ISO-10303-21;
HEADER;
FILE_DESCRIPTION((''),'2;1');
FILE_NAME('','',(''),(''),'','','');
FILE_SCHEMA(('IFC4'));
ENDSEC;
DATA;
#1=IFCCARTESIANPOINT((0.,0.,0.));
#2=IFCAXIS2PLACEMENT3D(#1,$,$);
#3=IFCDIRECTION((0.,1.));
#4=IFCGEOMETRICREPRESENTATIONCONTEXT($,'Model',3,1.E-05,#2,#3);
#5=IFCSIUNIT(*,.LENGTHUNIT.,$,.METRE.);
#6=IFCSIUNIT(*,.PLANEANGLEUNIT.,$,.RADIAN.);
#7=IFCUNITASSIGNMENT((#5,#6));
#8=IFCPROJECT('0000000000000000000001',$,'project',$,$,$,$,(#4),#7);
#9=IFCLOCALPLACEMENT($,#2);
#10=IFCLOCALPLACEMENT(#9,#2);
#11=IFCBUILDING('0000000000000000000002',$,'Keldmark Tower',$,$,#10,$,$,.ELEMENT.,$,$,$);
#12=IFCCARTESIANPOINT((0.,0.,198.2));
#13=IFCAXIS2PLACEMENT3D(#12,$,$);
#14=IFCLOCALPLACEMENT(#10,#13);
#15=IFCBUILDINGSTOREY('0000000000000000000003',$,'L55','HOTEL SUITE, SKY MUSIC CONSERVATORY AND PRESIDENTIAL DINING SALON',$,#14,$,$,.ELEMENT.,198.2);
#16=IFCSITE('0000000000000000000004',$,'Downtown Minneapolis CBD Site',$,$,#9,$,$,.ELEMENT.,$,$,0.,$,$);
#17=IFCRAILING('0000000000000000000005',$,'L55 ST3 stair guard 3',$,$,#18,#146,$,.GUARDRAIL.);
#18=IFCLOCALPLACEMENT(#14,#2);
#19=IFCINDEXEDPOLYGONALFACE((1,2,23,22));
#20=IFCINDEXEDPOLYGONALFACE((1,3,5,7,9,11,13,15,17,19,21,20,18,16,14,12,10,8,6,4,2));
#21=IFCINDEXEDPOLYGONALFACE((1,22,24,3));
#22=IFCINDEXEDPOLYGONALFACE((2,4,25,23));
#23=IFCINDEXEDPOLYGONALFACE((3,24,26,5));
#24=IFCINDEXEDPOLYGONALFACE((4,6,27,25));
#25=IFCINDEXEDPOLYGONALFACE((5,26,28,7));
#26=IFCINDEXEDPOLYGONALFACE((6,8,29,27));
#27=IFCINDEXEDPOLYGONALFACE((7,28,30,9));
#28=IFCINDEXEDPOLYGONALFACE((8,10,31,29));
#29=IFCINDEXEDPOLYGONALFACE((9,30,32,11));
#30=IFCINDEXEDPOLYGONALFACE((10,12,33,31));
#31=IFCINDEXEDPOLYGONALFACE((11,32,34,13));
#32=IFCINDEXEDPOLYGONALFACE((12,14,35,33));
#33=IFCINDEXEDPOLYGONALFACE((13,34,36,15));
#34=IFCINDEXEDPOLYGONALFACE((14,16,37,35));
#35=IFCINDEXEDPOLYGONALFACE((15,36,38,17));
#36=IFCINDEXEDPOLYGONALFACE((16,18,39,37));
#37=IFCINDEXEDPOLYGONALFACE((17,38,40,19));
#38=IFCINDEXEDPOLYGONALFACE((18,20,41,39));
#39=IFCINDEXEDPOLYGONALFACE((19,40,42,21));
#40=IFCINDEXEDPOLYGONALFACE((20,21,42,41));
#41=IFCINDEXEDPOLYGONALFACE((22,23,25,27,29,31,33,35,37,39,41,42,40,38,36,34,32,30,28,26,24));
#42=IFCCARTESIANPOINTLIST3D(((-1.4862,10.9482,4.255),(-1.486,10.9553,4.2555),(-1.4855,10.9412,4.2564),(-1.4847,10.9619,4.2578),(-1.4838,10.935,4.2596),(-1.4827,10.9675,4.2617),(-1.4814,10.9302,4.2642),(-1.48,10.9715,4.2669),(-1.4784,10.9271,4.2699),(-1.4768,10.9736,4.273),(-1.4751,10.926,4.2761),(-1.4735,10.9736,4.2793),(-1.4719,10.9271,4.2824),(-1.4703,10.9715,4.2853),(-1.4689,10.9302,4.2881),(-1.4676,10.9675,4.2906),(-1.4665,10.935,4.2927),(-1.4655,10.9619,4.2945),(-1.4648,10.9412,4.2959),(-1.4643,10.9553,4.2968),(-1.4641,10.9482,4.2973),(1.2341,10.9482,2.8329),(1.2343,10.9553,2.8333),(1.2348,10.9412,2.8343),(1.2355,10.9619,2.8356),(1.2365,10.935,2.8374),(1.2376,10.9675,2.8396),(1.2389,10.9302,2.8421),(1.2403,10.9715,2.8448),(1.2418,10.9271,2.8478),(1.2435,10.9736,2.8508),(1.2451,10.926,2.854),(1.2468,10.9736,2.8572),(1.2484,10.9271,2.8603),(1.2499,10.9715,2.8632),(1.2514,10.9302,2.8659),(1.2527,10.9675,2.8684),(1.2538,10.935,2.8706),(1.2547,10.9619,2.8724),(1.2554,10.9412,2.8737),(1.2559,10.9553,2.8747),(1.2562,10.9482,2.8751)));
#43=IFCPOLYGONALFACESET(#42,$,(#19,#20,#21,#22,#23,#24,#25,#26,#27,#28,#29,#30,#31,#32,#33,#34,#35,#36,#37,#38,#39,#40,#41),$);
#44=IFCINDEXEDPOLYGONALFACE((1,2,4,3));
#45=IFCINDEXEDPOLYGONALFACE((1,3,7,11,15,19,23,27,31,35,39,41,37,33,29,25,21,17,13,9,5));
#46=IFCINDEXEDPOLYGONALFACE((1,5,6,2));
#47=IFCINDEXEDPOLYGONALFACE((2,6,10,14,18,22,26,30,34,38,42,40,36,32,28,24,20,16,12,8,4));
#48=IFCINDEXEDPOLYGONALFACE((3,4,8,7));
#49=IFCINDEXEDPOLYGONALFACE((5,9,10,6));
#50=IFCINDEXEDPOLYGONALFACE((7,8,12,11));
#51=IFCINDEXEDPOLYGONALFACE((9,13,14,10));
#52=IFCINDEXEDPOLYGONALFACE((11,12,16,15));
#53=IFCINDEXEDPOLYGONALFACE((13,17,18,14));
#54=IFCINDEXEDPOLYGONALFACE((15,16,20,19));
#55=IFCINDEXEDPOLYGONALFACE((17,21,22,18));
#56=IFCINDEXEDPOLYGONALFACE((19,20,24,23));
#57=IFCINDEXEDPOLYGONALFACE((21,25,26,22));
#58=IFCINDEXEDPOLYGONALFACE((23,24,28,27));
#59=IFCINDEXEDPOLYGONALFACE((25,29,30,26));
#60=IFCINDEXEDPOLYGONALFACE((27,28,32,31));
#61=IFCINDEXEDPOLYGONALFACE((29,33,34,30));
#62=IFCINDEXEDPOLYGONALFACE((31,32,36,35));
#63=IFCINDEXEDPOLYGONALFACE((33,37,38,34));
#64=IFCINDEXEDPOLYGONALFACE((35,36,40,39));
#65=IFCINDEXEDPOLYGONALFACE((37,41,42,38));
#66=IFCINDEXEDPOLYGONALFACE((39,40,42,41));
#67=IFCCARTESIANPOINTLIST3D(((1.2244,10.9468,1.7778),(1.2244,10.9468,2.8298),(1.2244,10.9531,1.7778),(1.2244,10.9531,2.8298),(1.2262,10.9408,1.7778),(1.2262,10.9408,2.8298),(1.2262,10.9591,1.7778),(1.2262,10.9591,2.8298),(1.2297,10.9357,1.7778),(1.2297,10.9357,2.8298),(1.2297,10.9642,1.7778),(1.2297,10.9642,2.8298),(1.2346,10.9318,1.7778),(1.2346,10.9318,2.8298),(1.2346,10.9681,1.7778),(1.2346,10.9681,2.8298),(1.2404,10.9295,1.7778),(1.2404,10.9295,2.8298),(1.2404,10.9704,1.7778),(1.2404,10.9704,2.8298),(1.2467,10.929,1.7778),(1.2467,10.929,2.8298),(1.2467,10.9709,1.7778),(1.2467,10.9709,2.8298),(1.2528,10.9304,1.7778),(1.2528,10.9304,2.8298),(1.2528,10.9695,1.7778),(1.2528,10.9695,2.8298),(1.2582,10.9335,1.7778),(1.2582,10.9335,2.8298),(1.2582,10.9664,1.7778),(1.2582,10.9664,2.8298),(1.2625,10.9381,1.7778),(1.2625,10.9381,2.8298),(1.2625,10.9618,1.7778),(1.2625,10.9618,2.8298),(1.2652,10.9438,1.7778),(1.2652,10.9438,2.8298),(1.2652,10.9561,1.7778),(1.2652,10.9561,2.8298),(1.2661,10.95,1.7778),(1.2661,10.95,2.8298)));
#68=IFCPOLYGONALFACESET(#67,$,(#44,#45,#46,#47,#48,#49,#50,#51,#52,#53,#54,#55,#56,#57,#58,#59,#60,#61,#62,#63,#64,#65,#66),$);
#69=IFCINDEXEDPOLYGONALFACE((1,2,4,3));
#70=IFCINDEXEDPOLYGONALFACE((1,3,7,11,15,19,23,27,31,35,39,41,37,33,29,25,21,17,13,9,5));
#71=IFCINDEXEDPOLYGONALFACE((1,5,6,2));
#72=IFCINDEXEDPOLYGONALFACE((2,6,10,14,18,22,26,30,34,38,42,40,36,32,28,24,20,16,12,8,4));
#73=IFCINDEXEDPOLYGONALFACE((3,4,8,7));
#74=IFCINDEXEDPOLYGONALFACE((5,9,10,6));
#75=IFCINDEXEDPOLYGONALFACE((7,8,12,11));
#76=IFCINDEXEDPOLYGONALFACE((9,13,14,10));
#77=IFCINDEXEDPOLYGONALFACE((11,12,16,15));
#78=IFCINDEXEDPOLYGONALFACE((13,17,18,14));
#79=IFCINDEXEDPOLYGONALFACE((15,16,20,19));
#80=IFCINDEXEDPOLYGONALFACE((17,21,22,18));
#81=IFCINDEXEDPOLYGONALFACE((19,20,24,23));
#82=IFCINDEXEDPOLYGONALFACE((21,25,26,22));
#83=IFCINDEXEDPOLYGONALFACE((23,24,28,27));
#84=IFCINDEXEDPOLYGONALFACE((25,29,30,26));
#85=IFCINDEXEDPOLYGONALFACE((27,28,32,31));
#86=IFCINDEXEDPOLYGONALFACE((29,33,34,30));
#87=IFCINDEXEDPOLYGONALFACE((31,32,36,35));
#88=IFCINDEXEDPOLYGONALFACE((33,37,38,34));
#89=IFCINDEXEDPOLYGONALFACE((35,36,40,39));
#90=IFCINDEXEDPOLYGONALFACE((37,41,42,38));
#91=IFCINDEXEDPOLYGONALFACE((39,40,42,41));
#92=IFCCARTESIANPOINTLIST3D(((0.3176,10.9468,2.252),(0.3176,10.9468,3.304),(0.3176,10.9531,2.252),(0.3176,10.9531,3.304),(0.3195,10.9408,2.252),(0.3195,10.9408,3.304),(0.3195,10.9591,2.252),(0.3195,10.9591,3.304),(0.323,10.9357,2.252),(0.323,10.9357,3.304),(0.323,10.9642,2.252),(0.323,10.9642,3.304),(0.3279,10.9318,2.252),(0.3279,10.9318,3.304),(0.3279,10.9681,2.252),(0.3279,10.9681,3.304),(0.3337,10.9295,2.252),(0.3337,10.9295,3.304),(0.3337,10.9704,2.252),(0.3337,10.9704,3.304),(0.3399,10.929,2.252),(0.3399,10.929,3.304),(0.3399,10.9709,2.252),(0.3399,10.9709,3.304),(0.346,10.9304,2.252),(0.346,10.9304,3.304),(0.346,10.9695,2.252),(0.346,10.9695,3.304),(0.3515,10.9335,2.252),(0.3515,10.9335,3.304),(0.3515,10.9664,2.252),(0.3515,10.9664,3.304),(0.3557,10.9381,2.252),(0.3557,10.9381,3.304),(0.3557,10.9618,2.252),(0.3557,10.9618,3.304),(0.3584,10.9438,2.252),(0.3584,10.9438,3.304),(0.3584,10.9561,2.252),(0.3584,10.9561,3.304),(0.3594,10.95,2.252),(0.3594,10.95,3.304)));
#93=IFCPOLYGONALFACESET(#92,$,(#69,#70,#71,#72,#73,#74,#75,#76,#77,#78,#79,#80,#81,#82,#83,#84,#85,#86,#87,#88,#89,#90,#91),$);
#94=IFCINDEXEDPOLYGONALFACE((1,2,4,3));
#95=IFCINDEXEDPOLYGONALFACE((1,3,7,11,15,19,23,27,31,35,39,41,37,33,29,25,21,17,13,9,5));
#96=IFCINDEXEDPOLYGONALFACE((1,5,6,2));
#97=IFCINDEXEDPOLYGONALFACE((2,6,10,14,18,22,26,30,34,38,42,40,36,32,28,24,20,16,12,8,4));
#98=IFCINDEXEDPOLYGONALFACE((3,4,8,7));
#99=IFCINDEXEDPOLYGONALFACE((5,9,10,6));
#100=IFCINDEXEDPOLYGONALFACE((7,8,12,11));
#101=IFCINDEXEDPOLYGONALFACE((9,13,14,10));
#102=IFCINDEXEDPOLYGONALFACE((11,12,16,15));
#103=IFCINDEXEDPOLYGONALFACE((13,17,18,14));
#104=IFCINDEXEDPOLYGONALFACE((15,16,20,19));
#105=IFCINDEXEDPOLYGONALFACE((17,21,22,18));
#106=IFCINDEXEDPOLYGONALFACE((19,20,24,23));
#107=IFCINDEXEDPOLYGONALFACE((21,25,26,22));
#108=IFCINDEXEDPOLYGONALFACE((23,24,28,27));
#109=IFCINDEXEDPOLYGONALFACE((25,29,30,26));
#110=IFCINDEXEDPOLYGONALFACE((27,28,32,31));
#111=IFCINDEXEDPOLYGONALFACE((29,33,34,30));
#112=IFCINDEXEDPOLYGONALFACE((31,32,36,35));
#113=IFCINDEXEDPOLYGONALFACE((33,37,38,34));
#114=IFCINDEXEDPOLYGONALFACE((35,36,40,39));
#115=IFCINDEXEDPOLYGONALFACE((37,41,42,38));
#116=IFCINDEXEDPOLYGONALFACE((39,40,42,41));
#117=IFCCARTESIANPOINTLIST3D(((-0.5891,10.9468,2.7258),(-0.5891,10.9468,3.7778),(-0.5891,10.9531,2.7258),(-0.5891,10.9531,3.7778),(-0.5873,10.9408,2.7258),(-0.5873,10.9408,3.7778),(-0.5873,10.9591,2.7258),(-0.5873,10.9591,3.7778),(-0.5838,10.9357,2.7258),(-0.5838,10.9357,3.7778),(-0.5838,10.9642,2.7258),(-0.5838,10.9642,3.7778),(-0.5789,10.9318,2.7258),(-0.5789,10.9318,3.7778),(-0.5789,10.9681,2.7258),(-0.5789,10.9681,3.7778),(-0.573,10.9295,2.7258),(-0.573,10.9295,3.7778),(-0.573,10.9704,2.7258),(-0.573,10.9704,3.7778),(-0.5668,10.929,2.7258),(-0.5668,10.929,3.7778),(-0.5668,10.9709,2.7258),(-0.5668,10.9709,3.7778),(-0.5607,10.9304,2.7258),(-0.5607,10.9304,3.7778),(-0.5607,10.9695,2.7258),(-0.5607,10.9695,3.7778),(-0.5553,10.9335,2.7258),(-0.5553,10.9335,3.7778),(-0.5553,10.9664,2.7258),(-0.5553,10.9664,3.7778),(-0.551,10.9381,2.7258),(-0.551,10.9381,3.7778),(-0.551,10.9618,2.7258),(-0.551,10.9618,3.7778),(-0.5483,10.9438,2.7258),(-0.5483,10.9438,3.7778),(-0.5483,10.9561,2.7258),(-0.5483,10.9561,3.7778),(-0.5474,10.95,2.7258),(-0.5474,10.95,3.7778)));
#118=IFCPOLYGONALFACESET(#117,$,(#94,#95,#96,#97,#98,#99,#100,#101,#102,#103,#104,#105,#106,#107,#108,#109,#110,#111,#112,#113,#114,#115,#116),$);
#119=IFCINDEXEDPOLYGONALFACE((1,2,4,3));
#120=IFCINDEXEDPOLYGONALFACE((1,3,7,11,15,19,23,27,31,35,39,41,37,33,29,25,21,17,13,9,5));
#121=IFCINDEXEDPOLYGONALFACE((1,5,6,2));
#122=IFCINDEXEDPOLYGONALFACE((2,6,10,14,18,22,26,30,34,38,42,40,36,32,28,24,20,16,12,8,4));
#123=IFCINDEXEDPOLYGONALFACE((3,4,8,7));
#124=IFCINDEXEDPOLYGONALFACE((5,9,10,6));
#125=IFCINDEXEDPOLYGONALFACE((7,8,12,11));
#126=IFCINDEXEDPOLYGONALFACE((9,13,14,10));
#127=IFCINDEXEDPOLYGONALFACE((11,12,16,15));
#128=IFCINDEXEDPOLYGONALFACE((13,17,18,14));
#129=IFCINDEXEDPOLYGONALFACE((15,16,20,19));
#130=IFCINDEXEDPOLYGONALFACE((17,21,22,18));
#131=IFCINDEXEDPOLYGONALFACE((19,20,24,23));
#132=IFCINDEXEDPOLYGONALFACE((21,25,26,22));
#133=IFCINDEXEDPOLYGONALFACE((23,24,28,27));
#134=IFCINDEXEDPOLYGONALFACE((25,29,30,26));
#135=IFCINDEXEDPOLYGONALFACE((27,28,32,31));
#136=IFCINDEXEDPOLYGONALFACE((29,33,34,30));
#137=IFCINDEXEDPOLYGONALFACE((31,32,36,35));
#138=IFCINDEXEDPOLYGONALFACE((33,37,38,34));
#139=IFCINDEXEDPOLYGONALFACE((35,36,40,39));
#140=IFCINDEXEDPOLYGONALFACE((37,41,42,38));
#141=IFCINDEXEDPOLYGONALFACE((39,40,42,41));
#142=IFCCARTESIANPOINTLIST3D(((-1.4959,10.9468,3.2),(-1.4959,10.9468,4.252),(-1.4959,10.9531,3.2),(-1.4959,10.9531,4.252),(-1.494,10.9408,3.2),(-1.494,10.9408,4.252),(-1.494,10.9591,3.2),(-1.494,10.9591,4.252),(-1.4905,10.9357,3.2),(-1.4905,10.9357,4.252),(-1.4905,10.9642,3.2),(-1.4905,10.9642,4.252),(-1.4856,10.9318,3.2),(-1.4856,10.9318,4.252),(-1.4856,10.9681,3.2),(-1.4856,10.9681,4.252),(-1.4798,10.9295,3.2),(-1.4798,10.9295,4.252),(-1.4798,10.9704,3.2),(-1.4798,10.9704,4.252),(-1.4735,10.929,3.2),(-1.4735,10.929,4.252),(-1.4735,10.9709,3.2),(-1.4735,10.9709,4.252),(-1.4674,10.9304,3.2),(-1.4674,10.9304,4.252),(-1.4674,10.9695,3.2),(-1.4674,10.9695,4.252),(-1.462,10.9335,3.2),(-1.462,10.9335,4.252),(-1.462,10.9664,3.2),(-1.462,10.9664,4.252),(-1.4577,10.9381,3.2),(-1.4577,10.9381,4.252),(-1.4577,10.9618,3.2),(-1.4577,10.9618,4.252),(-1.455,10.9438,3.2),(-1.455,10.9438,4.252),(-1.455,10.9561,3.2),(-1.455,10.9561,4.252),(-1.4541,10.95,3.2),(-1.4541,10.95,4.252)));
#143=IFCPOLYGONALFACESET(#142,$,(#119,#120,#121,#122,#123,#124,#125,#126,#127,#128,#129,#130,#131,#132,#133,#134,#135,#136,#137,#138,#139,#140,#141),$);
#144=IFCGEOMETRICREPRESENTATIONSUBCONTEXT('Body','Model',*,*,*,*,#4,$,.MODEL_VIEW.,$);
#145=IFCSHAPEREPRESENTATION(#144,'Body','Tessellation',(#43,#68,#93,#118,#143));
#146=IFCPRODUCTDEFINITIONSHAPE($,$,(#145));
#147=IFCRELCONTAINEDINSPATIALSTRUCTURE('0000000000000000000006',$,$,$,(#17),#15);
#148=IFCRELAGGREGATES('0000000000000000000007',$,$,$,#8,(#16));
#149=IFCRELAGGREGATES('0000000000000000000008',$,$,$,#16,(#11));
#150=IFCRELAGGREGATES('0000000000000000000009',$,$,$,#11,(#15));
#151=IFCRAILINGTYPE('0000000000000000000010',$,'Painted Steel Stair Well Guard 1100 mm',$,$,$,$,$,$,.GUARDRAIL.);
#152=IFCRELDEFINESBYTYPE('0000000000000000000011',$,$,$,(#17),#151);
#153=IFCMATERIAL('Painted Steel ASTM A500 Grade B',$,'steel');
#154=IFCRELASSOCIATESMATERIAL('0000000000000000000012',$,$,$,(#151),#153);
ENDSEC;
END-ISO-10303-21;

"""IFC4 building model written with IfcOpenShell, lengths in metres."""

from ifc_helpers import new_model, si_unit, direction, frame, origin, origin_2d, place, context, subcontext, project, spatial, circle, extrude, material, type_object, element, save


model = new_model("IFC4")

# Units and contexts
model_context = context("Model", 3, precision=1e-05, world=origin(), true_north=direction((0.0, 1.0)))
body_context = subcontext(model_context, "Body", "Model", "MODEL_VIEW")
ifc_project = project(units=[si_unit("LENGTHUNIT", "METRE"), si_unit("PLANEANGLEUNIT", "RADIAN")], contexts=[model_context])

# Site, building, storey
site_placement = place(None, origin())
site = spatial("IfcSite", under=ifc_project, at=site_placement, Name="Downtown Minneapolis CBD Site", CompositionType="ELEMENT", RefElevation=0.0)
building_placement = place(site_placement, origin())
building = spatial("IfcBuilding", under=site, at=building_placement, Name="Keldmark Tower", CompositionType="ELEMENT")
storey_placement = place(building_placement, frame((0.0, 0.0, 198.2)))
storey = spatial("IfcBuildingStorey", under=building, at=storey_placement, Name="L55", Description="HOTEL SUITE, SKY MUSIC CONSERVATORY AND PRESIDENTIAL DINING SALON", CompositionType="ELEMENT", Elevation=198.2)

# Railing
ifc_material_1 = material(Name="Painted Steel ASTM A500 Grade B", Category="steel")
railing_type_1 = type_object("IfcRailingType", Name="Painted Steel Stair Well Guard 1100 mm", PredefinedType="GUARDRAIL", material=ifc_material_1)
railing_1_placement = place(storey_placement, frame((1.2451, 10.95, 1.7778)))
element("IfcRailing", 1, at=railing_1_placement, inside=storey, type_object=railing_type_1, Name="L55 ST3 stair guard 3", PredefinedType="GUARDRAIL", context=body_context, shape_type="SweptSolid", body=[
    extrude(circle(Radius=0.0239, at=origin_2d()), frame((0.0, 0.0, 1.0762), z_axis=(-0.8862, 0.0, 0.463302), x_axis=(0.0, -1.0, 0.0)), (0.0, 0.0, 1.0), 3.0696),
    extrude(circle(Radius=0.021, at=origin_2d()), origin(), (0.0, 0.0, 1.0), 1.052),
    extrude(circle(Radius=0.021, at=origin_2d()), frame((-0.9067, 0.0, 0.4741)), (0.0, 0.0, 1.0), 1.052),
    extrude(circle(Radius=0.021, at=origin_2d()), frame((-1.8135, 0.0, 0.948)), (0.0, 0.0, 1.0), 1.052),
    extrude(circle(Radius=0.021, at=origin_2d()), frame((-2.7202, 0.0, 1.4221)), (0.0, 0.0, 1.0), 1.052),
])

save(model, "model.ifc")
